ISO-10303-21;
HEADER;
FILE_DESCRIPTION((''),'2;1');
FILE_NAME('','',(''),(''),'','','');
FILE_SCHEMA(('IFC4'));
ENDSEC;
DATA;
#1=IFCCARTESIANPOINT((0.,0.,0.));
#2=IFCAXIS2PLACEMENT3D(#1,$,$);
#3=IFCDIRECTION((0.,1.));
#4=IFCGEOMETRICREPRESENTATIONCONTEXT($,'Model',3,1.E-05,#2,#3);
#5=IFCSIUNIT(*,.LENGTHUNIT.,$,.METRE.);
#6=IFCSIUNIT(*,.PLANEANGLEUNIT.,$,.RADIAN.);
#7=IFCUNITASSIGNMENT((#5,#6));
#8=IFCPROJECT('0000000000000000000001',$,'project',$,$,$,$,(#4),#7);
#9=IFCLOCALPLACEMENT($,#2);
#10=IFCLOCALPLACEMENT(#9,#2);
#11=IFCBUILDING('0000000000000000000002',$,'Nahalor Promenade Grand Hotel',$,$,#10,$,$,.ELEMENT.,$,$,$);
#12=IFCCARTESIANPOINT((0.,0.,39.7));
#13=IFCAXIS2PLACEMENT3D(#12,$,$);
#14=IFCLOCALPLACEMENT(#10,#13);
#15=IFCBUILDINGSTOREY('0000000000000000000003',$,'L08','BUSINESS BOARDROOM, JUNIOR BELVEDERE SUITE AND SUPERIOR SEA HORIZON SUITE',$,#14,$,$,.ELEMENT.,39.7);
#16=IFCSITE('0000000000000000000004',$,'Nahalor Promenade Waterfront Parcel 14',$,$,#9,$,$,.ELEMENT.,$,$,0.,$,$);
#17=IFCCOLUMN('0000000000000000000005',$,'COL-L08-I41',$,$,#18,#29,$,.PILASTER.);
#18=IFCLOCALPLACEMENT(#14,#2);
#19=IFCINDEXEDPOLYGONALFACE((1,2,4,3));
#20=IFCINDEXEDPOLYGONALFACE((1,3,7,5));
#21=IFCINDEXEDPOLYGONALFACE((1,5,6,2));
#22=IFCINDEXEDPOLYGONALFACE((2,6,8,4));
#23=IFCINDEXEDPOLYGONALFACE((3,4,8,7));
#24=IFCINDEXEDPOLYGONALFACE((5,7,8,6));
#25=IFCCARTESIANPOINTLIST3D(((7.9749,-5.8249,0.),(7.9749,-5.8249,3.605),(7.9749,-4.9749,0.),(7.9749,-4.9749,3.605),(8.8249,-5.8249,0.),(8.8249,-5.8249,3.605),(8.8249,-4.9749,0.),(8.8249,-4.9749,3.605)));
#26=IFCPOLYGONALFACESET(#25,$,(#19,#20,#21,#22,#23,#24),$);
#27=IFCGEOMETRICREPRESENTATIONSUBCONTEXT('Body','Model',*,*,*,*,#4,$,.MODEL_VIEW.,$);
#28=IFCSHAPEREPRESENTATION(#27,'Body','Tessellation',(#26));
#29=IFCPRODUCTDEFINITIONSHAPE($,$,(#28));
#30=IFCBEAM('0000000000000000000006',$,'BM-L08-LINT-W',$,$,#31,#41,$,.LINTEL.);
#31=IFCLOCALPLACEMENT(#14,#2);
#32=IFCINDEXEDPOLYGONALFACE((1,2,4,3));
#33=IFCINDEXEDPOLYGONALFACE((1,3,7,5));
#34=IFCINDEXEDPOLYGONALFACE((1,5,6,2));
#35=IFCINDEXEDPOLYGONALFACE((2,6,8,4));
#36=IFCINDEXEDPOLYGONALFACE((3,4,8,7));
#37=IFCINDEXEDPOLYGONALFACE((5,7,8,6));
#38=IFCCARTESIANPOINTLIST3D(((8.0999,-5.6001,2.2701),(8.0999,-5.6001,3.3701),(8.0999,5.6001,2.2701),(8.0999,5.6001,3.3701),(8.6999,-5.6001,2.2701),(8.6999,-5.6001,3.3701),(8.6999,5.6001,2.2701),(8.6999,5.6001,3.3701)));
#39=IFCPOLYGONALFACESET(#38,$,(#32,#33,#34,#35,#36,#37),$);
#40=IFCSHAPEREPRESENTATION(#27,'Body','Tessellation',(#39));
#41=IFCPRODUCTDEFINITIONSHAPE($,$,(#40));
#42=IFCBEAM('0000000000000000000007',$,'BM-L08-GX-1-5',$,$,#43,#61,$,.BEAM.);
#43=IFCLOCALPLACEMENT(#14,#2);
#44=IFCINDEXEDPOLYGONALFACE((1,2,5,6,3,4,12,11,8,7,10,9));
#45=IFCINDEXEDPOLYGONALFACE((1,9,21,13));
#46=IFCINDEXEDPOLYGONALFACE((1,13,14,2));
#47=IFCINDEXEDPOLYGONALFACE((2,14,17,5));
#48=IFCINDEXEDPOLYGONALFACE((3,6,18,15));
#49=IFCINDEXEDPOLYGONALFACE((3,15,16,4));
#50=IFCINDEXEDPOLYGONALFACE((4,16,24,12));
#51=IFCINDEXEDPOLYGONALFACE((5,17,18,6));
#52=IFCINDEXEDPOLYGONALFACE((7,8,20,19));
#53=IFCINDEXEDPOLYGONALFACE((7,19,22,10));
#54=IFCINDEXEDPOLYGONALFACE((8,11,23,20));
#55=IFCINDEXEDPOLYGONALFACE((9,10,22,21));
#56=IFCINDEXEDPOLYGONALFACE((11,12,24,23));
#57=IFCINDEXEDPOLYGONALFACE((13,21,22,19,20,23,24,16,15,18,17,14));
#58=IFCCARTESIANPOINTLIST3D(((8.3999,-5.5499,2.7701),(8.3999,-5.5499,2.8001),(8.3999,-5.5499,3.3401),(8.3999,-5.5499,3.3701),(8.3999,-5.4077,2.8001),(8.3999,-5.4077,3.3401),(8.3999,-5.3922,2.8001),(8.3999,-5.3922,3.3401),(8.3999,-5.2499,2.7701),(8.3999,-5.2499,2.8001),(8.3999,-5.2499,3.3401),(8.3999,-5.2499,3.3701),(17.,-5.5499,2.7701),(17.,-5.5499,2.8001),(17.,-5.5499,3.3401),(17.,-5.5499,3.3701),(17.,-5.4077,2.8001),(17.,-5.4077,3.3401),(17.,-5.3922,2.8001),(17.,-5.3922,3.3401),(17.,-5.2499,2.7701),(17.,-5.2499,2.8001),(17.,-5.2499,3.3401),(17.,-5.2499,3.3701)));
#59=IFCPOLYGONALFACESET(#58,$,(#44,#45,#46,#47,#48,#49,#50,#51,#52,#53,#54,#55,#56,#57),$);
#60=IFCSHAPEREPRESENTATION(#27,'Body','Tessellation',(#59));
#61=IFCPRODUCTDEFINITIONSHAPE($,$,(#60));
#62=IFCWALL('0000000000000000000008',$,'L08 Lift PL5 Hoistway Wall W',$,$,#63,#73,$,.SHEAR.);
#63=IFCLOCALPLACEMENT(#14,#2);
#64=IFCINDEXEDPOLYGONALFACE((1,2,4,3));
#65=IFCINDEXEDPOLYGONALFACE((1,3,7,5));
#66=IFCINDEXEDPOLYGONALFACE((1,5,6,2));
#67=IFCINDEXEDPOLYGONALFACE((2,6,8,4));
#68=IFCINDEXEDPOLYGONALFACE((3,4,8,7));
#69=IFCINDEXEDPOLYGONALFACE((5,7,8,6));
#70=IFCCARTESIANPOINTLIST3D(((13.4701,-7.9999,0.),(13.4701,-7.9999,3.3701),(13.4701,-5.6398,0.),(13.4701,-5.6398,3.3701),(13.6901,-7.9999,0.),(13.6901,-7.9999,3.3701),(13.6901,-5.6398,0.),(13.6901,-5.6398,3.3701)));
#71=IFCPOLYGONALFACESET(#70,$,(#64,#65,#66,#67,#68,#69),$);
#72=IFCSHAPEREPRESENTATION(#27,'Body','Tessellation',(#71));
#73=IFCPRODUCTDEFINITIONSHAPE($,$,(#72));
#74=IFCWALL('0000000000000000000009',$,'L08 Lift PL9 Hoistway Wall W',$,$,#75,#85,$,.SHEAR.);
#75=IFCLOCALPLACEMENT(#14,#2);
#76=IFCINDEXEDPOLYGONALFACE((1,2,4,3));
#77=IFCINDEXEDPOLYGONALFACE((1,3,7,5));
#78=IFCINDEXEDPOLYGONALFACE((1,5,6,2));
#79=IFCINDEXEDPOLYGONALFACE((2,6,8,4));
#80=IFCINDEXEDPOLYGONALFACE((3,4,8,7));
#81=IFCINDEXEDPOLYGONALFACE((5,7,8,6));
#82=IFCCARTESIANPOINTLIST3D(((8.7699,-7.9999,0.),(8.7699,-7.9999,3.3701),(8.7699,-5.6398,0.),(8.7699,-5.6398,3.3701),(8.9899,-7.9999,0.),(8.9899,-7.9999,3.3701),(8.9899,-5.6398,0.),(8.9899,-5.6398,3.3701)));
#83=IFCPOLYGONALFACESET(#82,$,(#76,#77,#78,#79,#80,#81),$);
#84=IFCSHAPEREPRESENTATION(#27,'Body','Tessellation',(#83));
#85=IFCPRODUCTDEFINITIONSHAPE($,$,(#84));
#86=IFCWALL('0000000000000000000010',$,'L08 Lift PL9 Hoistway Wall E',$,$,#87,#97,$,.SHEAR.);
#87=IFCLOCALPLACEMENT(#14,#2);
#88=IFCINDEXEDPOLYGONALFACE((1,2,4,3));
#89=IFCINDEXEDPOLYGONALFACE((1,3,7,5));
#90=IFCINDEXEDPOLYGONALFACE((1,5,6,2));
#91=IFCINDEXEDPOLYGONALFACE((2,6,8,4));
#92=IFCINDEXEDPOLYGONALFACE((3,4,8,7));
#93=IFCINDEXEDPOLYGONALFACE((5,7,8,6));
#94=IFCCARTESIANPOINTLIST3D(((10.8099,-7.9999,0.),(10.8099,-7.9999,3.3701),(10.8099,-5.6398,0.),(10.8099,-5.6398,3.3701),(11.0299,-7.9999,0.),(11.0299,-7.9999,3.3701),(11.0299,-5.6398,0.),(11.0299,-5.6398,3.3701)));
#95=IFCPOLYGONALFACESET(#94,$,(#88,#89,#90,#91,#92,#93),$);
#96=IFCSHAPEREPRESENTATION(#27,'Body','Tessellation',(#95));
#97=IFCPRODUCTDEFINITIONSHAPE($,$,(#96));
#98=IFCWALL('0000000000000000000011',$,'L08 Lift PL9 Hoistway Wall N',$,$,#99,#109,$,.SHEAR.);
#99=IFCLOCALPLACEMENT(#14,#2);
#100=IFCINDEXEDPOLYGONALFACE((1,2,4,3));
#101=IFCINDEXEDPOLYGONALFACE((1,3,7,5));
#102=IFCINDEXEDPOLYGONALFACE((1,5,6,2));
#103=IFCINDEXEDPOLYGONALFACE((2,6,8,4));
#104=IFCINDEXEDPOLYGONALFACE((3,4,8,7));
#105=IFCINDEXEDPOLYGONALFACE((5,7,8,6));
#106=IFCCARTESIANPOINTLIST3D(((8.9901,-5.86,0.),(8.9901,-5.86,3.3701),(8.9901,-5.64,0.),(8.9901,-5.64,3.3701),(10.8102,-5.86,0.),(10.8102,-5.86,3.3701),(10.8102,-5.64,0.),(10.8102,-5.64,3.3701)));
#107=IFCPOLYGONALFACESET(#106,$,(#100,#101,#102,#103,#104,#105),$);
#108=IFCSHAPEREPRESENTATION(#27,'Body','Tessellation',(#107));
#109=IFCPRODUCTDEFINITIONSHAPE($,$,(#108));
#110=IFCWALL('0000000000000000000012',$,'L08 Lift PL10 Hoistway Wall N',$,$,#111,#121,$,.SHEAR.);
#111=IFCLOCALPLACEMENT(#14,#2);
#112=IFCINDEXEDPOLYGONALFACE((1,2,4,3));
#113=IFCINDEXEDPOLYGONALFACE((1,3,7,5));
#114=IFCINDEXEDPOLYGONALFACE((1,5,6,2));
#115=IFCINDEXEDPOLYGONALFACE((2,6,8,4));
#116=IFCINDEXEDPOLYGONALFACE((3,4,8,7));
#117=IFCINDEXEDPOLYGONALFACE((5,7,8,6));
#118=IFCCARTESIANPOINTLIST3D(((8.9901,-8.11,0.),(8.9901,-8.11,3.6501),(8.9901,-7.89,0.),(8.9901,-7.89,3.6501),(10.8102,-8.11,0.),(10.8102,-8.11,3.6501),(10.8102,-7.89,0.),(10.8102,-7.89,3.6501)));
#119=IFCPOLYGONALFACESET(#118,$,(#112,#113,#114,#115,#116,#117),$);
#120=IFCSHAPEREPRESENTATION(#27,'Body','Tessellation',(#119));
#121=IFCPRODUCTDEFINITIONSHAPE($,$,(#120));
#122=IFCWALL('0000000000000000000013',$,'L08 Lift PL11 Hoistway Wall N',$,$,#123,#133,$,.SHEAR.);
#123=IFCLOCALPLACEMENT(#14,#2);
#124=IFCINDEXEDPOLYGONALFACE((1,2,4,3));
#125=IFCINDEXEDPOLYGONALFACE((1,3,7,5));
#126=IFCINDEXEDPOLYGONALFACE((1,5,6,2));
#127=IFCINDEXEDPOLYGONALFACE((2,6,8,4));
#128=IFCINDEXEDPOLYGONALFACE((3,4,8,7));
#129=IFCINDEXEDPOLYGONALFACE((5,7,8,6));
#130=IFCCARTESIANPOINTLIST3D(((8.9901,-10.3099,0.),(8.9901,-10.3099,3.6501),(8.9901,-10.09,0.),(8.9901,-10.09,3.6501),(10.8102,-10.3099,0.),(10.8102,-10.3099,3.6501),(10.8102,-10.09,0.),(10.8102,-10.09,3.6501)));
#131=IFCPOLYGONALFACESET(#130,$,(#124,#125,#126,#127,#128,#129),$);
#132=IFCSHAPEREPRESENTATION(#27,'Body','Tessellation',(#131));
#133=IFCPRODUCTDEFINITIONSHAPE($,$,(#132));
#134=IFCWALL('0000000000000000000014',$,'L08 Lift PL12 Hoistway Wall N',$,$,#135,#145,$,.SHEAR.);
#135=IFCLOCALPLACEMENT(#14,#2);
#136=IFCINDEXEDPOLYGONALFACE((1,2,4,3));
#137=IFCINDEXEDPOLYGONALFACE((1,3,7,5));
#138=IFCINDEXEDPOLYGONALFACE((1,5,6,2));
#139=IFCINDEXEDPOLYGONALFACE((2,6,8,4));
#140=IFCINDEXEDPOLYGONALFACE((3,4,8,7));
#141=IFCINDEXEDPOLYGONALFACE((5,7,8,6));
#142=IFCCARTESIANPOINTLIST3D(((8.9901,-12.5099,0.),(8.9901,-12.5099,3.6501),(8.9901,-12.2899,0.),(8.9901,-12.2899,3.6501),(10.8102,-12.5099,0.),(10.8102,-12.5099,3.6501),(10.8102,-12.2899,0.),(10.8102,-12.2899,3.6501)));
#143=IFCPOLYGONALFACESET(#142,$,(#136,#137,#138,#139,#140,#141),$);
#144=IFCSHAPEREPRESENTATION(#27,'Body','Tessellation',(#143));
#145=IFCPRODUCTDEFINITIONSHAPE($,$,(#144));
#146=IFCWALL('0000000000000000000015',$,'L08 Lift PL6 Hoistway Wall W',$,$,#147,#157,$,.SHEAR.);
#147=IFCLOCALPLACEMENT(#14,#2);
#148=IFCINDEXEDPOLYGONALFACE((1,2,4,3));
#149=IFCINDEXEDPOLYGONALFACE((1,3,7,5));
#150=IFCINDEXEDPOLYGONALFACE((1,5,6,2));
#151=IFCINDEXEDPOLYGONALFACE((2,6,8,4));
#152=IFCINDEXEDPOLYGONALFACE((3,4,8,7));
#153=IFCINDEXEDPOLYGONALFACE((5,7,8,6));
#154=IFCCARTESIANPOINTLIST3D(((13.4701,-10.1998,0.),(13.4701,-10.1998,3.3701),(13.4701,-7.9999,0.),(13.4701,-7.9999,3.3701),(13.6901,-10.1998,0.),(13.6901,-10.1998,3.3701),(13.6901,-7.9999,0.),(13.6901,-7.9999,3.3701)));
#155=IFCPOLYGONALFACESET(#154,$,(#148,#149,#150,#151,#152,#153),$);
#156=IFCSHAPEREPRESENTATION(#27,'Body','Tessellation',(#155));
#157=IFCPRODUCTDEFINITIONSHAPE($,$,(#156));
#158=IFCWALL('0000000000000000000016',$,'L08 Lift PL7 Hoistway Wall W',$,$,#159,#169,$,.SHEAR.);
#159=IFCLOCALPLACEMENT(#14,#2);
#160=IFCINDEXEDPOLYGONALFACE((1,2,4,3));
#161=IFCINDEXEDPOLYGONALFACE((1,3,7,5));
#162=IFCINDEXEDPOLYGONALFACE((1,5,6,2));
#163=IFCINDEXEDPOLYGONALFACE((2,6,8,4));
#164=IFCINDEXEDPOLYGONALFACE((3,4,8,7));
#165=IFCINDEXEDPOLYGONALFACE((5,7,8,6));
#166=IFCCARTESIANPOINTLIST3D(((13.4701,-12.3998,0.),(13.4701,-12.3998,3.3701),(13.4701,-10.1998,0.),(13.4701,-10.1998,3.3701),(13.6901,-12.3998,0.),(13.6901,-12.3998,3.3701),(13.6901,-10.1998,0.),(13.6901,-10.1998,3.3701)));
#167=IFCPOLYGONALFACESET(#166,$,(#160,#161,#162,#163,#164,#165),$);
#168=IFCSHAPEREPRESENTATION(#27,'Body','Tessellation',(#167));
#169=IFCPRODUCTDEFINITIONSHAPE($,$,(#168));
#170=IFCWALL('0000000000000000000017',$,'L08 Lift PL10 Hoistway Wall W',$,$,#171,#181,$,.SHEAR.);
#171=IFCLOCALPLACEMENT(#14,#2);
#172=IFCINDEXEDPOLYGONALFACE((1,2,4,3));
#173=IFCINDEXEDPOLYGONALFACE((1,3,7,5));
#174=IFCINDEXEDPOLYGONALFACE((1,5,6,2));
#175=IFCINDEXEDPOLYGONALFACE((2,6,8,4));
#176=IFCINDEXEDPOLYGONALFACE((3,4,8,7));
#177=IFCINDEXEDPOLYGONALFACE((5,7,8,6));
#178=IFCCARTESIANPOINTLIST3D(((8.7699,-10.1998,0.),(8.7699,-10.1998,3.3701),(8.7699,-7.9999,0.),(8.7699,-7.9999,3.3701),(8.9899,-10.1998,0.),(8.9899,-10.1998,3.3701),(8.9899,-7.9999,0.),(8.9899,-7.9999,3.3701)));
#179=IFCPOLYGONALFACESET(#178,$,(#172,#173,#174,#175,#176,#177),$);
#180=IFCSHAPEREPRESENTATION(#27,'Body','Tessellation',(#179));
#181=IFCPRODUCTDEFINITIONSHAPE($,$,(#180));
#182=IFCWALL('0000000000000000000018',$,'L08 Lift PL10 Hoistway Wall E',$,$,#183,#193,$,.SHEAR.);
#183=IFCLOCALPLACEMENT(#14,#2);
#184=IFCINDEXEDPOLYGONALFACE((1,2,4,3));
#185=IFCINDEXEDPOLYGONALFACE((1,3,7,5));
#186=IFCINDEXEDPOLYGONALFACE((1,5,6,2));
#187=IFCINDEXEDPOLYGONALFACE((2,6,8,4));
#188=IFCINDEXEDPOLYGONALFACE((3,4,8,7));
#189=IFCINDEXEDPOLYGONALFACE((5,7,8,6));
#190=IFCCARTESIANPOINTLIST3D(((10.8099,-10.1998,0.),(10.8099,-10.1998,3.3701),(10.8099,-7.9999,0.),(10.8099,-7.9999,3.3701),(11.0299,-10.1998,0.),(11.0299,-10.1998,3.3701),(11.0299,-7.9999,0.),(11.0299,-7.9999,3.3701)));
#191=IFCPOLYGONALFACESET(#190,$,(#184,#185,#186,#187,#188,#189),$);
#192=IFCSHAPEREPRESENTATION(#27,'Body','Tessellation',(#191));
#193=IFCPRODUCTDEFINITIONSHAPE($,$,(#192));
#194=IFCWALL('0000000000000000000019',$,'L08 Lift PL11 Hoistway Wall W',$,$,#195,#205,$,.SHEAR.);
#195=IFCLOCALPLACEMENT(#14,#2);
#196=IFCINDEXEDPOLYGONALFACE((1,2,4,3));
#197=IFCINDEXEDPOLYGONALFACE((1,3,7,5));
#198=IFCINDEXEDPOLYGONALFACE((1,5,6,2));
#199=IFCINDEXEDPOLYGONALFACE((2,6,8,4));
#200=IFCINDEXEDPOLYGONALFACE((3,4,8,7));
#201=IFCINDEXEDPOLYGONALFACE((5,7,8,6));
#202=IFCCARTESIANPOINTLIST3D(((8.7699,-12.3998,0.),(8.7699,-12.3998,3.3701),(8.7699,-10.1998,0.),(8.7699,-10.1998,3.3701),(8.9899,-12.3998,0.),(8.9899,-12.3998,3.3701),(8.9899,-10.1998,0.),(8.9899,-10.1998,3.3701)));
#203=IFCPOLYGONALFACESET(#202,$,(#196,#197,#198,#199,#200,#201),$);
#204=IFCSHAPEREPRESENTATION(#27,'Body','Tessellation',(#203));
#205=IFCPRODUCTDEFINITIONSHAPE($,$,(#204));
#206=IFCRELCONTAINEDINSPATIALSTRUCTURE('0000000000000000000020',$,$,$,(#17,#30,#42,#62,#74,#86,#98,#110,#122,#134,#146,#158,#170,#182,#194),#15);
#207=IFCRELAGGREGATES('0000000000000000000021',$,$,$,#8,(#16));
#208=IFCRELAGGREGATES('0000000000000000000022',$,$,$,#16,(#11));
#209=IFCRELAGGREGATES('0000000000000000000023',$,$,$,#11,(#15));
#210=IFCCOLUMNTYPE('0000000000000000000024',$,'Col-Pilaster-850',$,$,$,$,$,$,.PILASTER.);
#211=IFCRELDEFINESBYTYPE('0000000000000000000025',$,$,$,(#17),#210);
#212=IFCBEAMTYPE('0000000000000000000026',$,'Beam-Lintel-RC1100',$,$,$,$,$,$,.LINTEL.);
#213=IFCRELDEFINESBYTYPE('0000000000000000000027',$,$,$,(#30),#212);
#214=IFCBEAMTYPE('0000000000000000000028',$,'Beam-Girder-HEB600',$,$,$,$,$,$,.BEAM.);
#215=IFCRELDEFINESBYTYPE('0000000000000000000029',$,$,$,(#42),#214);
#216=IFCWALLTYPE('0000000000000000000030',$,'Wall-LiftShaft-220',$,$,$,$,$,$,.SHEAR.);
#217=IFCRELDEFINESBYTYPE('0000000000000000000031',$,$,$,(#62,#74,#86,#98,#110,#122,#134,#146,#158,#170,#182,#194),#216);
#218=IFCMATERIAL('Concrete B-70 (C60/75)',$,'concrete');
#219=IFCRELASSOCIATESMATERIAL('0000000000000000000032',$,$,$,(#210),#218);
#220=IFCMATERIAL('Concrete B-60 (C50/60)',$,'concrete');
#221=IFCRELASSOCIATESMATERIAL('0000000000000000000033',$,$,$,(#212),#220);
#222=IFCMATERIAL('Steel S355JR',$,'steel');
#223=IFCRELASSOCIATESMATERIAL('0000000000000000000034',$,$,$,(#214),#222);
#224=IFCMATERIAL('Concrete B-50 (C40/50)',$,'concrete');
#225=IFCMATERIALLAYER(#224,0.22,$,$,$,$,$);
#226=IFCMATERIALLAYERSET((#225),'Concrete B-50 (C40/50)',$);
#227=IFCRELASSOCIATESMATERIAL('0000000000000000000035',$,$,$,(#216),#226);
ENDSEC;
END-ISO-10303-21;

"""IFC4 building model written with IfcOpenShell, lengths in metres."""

from ifc_helpers import new_model, si_unit, direction, frame, frame_2d, origin, origin_2d, place, context, subcontext, project, spatial, rectangle, i_section, extrude, source, transform, mapped, material, layer, layer_set, material_profile, profile_set, type_object, element, save


model = new_model("IFC4")

# Units and contexts
model_context = context("Model", 3, precision=1e-05, world=origin(), true_north=direction((0.0, 1.0)))
body_context = subcontext(model_context, "Body", "Model", "MODEL_VIEW")
ifc_project = project(units=[si_unit("LENGTHUNIT", "METRE"), si_unit("PLANEANGLEUNIT", "RADIAN")], contexts=[model_context])

# Site, building, storey
site_placement = place(None, origin())
site = spatial("IfcSite", under=ifc_project, at=site_placement, Name="Nahalor Promenade Waterfront Parcel 14", CompositionType="ELEMENT", RefElevation=0.0)
building_placement = place(site_placement, origin())
building = spatial("IfcBuilding", under=site, at=building_placement, Name="Nahalor Promenade Grand Hotel", CompositionType="ELEMENT")
storey_placement = place(building_placement, frame((0.0, 0.0, 39.7)))
storey = spatial("IfcBuildingStorey", under=building, at=storey_placement, Name="L08", Description="BUSINESS BOARDROOM, JUNIOR BELVEDERE SUITE AND SUPERIOR SEA HORIZON SUITE", CompositionType="ELEMENT", Elevation=39.7)

# Column
ifc_material_1 = material(Name="Concrete B-70 (C60/75)", Category="concrete")
ifc_material_profile_1 = material_profile(ifc_material_1, rectangle(XDim=0.85, YDim=0.85, at=origin_2d()), Name="RC 850x850")
ifc_profile_set_1 = profile_set([ifc_material_profile_1], Name="Concrete B-70 (C60/75)")
column_type = type_object("IfcColumnType", Name="Col-Pilaster-850", PredefinedType="PILASTER", material=ifc_profile_set_1)
shared_shape_1 = source(origin(), body_context, "Body", "SweptSolid", [
    extrude(rectangle(XDim=0.85, YDim=0.85, at=origin_2d()), origin(), (0.0, 0.0, 1.0), 3.605),
])
column_placement = place(storey_placement, frame((8.3999, -5.3999, 0.0), z_axis=(0.0, 0.0, 1.0), x_axis=(1.0, 0.0, 0.0)))
element("IfcColumn", 1, at=column_placement, inside=storey, type_object=column_type, Name="COL-L08-I41", PredefinedType="PILASTER", context=body_context, shape_type="MappedRepresentation", body=[
    mapped(shared_shape_1, transform((0.0, 0.0, 0.0), scale=1.0)),
])

# Beams
ifc_material_2 = material(Name="Concrete B-60 (C50/60)", Category="concrete")
ifc_material_profile_2 = material_profile(ifc_material_2, rectangle(XDim=0.6, YDim=1.1, at=origin_2d()), Name="RC 600x1100")
ifc_profile_set_2 = profile_set([ifc_material_profile_2], Name="Concrete B-60 (C50/60)")
beam_type_1 = type_object("IfcBeamType", Name="Beam-Lintel-RC1100", PredefinedType="LINTEL", material=ifc_profile_set_2)
shared_shape_2 = source(origin(), body_context, "Body", "SweptSolid", [
    extrude(rectangle(XDim=0.6, YDim=1.1, at=origin_2d()), origin(), (0.0, 0.0, 1.0), 11.2002),
])
beam_1_placement = place(storey_placement, frame((8.3999, -5.6001, 2.8201), z_axis=(0.0, 1.0, 0.0), x_axis=(-1.0, 0.0, 0.0)))
element("IfcBeam", 2, at=beam_1_placement, inside=storey, type_object=beam_type_1, Name="BM-L08-LINT-W", PredefinedType="LINTEL", context=body_context, shape_type="MappedRepresentation", body=[
    mapped(shared_shape_2, transform((0.0, 0.0, 0.0), scale=1.0)),
])
ifc_material_3 = material(Name="Steel S355JR", Category="steel")
ifc_material_profile_3 = material_profile(ifc_material_3, i_section(OverallWidth=0.3, OverallDepth=0.6, WebThickness=0.0155, FlangeThickness=0.03, at=origin_2d()), Name="HEB 600")
ifc_profile_set_3 = profile_set([ifc_material_profile_3], Name="Steel S355JR")
beam_type_2 = type_object("IfcBeamType", Name="Beam-Girder-HEB600", PredefinedType="BEAM", material=ifc_profile_set_3)
shared_shape_3 = source(origin(), body_context, "Body", "SweptSolid", [
    extrude(i_section(OverallWidth=0.3, OverallDepth=0.6, WebThickness=0.0155, FlangeThickness=0.03, at=origin_2d()), origin(), (0.0, 0.0, 1.0), 8.6001),
])
beam_2_placement = place(storey_placement, frame((8.3999, -5.3999, 3.0701), z_axis=(1.0, 0.0, 0.0), x_axis=(0.0, 1.0, 0.0)))
element("IfcBeam", 3, at=beam_2_placement, inside=storey, type_object=beam_type_2, Name="BM-L08-GX-1-5", PredefinedType="BEAM", context=body_context, shape_type="MappedRepresentation", body=[
    mapped(shared_shape_3, transform((0.0, 0.0, 0.0), scale=1.0)),
])

# Walls
ifc_material_4 = material(Name="Concrete B-50 (C40/50)", Category="concrete")
ifc_layer_1 = layer(ifc_material_4, 0.22)
ifc_layer_set_1 = layer_set([ifc_layer_1], Name="Concrete B-50 (C40/50)")
wall_type_1 = type_object("IfcWallType", Name="Wall-LiftShaft-220", PredefinedType="SHEAR", material=ifc_layer_set_1)
shared_shape_4 = source(origin(), body_context, "Body", "SweptSolid", [
    extrude(rectangle(XDim=2.3601, YDim=0.22, at=frame_2d((1.1802, 0.0))), origin(), (0.0, 0.0, 1.0), 3.3701),
])
for number, where, z_axis, x_axis, name in (
    (4, (13.5801, -8.0, 0.0), (0.0, 0.0, 1.0), (0.0, 1.0, 0.0), "L08 Lift PL5 Hoistway Wall W"),
    (5, (8.8799, -8.0, 0.0), (0.0, 0.0, 1.0), (0.0, 1.0, 0.0), "L08 Lift PL9 Hoistway Wall W"),
    (6, (10.9199, -8.0, 0.0), (0.0, 0.0, 1.0), (0.0, 1.0, 0.0), "L08 Lift PL9 Hoistway Wall E"),
):
    element("IfcWall", number, at=place(storey_placement, frame(where, z_axis=z_axis, x_axis=x_axis)), inside=storey, type_object=wall_type_1, Name=name, PredefinedType="SHEAR", context=body_context, shape_type="MappedRepresentation", body=[
        mapped(shared_shape_4, transform((0.0, 0.0, 0.0), scale=1.0)),
    ])
shared_shape_5 = source(origin(), body_context, "Body", "SweptSolid", [
    extrude(rectangle(XDim=1.8201, YDim=0.22, at=frame_2d((0.9102, 0.0))), origin(), (0.0, 0.0, 1.0), 3.3701),
])
wall_1_placement = place(storey_placement, frame((8.99, -5.75, 0.0), z_axis=(0.0, 0.0, 1.0), x_axis=(1.0, 0.0, 0.0)))
element("IfcWall", 7, at=wall_1_placement, inside=storey, type_object=wall_type_1, Name="L08 Lift PL9 Hoistway Wall N", PredefinedType="SHEAR", context=body_context, shape_type="MappedRepresentation", body=[
    mapped(shared_shape_5, transform((0.0, 0.0, 0.0), scale=1.0)),
])
shared_shape_6 = source(origin(), body_context, "Body", "SweptSolid", [
    extrude(rectangle(XDim=1.8201, YDim=0.22, at=frame_2d((0.9102, 0.0))), origin(), (0.0, 0.0, 1.0), 3.6501),
])
for number, where, z_axis, x_axis, name in (
    (8, (8.99, -8.0, 0.0), (0.0, 0.0, 1.0), (1.0, 0.0, 0.0), "L08 Lift PL10 Hoistway Wall N"),
    (9, (8.99, -10.2, 0.0), (0.0, 0.0, 1.0), (1.0, 0.0, 0.0), "L08 Lift PL11 Hoistway Wall N"),
    (10, (8.99, -12.3999, 0.0), (0.0, 0.0, 1.0), (1.0, 0.0, 0.0), "L08 Lift PL12 Hoistway Wall N"),
):
    element("IfcWall", number, at=place(storey_placement, frame(where, z_axis=z_axis, x_axis=x_axis)), inside=storey, type_object=wall_type_1, Name=name, PredefinedType="SHEAR", context=body_context, shape_type="MappedRepresentation", body=[
        mapped(shared_shape_6, transform((0.0, 0.0, 0.0), scale=1.0)),
    ])
shared_shape_7 = source(origin(), body_context, "Body", "SweptSolid", [
    extrude(rectangle(XDim=2.2, YDim=0.22, at=frame_2d((1.1001, 0.0))), origin(), (0.0, 0.0, 1.0), 3.3701),
])
for number, where, z_axis, x_axis, name in (
    (11, (13.5801, -10.2, 0.0), (0.0, 0.0, 1.0), (0.0, 1.0, 0.0), "L08 Lift PL6 Hoistway Wall W"),
    (12, (13.5801, -12.3999, 0.0), (0.0, 0.0, 1.0), (0.0, 1.0, 0.0), "L08 Lift PL7 Hoistway Wall W"),
    (13, (8.8799, -10.2, 0.0), (0.0, 0.0, 1.0), (0.0, 1.0, 0.0), "L08 Lift PL10 Hoistway Wall W"),
    (14, (10.9199, -10.2, 0.0), (0.0, 0.0, 1.0), (0.0, 1.0, 0.0), "L08 Lift PL10 Hoistway Wall E"),
    (15, (8.8799, -12.3999, 0.0), (0.0, 0.0, 1.0), (0.0, 1.0, 0.0), "L08 Lift PL11 Hoistway Wall W"),
):
    element("IfcWall", number, at=place(storey_placement, frame(where, z_axis=z_axis, x_axis=x_axis)), inside=storey, type_object=wall_type_1, Name=name, PredefinedType="SHEAR", context=body_context, shape_type="MappedRepresentation", body=[
        mapped(shared_shape_7, transform((0.0, 0.0, 0.0), scale=1.0)),
    ])

save(model, "model.ifc")
